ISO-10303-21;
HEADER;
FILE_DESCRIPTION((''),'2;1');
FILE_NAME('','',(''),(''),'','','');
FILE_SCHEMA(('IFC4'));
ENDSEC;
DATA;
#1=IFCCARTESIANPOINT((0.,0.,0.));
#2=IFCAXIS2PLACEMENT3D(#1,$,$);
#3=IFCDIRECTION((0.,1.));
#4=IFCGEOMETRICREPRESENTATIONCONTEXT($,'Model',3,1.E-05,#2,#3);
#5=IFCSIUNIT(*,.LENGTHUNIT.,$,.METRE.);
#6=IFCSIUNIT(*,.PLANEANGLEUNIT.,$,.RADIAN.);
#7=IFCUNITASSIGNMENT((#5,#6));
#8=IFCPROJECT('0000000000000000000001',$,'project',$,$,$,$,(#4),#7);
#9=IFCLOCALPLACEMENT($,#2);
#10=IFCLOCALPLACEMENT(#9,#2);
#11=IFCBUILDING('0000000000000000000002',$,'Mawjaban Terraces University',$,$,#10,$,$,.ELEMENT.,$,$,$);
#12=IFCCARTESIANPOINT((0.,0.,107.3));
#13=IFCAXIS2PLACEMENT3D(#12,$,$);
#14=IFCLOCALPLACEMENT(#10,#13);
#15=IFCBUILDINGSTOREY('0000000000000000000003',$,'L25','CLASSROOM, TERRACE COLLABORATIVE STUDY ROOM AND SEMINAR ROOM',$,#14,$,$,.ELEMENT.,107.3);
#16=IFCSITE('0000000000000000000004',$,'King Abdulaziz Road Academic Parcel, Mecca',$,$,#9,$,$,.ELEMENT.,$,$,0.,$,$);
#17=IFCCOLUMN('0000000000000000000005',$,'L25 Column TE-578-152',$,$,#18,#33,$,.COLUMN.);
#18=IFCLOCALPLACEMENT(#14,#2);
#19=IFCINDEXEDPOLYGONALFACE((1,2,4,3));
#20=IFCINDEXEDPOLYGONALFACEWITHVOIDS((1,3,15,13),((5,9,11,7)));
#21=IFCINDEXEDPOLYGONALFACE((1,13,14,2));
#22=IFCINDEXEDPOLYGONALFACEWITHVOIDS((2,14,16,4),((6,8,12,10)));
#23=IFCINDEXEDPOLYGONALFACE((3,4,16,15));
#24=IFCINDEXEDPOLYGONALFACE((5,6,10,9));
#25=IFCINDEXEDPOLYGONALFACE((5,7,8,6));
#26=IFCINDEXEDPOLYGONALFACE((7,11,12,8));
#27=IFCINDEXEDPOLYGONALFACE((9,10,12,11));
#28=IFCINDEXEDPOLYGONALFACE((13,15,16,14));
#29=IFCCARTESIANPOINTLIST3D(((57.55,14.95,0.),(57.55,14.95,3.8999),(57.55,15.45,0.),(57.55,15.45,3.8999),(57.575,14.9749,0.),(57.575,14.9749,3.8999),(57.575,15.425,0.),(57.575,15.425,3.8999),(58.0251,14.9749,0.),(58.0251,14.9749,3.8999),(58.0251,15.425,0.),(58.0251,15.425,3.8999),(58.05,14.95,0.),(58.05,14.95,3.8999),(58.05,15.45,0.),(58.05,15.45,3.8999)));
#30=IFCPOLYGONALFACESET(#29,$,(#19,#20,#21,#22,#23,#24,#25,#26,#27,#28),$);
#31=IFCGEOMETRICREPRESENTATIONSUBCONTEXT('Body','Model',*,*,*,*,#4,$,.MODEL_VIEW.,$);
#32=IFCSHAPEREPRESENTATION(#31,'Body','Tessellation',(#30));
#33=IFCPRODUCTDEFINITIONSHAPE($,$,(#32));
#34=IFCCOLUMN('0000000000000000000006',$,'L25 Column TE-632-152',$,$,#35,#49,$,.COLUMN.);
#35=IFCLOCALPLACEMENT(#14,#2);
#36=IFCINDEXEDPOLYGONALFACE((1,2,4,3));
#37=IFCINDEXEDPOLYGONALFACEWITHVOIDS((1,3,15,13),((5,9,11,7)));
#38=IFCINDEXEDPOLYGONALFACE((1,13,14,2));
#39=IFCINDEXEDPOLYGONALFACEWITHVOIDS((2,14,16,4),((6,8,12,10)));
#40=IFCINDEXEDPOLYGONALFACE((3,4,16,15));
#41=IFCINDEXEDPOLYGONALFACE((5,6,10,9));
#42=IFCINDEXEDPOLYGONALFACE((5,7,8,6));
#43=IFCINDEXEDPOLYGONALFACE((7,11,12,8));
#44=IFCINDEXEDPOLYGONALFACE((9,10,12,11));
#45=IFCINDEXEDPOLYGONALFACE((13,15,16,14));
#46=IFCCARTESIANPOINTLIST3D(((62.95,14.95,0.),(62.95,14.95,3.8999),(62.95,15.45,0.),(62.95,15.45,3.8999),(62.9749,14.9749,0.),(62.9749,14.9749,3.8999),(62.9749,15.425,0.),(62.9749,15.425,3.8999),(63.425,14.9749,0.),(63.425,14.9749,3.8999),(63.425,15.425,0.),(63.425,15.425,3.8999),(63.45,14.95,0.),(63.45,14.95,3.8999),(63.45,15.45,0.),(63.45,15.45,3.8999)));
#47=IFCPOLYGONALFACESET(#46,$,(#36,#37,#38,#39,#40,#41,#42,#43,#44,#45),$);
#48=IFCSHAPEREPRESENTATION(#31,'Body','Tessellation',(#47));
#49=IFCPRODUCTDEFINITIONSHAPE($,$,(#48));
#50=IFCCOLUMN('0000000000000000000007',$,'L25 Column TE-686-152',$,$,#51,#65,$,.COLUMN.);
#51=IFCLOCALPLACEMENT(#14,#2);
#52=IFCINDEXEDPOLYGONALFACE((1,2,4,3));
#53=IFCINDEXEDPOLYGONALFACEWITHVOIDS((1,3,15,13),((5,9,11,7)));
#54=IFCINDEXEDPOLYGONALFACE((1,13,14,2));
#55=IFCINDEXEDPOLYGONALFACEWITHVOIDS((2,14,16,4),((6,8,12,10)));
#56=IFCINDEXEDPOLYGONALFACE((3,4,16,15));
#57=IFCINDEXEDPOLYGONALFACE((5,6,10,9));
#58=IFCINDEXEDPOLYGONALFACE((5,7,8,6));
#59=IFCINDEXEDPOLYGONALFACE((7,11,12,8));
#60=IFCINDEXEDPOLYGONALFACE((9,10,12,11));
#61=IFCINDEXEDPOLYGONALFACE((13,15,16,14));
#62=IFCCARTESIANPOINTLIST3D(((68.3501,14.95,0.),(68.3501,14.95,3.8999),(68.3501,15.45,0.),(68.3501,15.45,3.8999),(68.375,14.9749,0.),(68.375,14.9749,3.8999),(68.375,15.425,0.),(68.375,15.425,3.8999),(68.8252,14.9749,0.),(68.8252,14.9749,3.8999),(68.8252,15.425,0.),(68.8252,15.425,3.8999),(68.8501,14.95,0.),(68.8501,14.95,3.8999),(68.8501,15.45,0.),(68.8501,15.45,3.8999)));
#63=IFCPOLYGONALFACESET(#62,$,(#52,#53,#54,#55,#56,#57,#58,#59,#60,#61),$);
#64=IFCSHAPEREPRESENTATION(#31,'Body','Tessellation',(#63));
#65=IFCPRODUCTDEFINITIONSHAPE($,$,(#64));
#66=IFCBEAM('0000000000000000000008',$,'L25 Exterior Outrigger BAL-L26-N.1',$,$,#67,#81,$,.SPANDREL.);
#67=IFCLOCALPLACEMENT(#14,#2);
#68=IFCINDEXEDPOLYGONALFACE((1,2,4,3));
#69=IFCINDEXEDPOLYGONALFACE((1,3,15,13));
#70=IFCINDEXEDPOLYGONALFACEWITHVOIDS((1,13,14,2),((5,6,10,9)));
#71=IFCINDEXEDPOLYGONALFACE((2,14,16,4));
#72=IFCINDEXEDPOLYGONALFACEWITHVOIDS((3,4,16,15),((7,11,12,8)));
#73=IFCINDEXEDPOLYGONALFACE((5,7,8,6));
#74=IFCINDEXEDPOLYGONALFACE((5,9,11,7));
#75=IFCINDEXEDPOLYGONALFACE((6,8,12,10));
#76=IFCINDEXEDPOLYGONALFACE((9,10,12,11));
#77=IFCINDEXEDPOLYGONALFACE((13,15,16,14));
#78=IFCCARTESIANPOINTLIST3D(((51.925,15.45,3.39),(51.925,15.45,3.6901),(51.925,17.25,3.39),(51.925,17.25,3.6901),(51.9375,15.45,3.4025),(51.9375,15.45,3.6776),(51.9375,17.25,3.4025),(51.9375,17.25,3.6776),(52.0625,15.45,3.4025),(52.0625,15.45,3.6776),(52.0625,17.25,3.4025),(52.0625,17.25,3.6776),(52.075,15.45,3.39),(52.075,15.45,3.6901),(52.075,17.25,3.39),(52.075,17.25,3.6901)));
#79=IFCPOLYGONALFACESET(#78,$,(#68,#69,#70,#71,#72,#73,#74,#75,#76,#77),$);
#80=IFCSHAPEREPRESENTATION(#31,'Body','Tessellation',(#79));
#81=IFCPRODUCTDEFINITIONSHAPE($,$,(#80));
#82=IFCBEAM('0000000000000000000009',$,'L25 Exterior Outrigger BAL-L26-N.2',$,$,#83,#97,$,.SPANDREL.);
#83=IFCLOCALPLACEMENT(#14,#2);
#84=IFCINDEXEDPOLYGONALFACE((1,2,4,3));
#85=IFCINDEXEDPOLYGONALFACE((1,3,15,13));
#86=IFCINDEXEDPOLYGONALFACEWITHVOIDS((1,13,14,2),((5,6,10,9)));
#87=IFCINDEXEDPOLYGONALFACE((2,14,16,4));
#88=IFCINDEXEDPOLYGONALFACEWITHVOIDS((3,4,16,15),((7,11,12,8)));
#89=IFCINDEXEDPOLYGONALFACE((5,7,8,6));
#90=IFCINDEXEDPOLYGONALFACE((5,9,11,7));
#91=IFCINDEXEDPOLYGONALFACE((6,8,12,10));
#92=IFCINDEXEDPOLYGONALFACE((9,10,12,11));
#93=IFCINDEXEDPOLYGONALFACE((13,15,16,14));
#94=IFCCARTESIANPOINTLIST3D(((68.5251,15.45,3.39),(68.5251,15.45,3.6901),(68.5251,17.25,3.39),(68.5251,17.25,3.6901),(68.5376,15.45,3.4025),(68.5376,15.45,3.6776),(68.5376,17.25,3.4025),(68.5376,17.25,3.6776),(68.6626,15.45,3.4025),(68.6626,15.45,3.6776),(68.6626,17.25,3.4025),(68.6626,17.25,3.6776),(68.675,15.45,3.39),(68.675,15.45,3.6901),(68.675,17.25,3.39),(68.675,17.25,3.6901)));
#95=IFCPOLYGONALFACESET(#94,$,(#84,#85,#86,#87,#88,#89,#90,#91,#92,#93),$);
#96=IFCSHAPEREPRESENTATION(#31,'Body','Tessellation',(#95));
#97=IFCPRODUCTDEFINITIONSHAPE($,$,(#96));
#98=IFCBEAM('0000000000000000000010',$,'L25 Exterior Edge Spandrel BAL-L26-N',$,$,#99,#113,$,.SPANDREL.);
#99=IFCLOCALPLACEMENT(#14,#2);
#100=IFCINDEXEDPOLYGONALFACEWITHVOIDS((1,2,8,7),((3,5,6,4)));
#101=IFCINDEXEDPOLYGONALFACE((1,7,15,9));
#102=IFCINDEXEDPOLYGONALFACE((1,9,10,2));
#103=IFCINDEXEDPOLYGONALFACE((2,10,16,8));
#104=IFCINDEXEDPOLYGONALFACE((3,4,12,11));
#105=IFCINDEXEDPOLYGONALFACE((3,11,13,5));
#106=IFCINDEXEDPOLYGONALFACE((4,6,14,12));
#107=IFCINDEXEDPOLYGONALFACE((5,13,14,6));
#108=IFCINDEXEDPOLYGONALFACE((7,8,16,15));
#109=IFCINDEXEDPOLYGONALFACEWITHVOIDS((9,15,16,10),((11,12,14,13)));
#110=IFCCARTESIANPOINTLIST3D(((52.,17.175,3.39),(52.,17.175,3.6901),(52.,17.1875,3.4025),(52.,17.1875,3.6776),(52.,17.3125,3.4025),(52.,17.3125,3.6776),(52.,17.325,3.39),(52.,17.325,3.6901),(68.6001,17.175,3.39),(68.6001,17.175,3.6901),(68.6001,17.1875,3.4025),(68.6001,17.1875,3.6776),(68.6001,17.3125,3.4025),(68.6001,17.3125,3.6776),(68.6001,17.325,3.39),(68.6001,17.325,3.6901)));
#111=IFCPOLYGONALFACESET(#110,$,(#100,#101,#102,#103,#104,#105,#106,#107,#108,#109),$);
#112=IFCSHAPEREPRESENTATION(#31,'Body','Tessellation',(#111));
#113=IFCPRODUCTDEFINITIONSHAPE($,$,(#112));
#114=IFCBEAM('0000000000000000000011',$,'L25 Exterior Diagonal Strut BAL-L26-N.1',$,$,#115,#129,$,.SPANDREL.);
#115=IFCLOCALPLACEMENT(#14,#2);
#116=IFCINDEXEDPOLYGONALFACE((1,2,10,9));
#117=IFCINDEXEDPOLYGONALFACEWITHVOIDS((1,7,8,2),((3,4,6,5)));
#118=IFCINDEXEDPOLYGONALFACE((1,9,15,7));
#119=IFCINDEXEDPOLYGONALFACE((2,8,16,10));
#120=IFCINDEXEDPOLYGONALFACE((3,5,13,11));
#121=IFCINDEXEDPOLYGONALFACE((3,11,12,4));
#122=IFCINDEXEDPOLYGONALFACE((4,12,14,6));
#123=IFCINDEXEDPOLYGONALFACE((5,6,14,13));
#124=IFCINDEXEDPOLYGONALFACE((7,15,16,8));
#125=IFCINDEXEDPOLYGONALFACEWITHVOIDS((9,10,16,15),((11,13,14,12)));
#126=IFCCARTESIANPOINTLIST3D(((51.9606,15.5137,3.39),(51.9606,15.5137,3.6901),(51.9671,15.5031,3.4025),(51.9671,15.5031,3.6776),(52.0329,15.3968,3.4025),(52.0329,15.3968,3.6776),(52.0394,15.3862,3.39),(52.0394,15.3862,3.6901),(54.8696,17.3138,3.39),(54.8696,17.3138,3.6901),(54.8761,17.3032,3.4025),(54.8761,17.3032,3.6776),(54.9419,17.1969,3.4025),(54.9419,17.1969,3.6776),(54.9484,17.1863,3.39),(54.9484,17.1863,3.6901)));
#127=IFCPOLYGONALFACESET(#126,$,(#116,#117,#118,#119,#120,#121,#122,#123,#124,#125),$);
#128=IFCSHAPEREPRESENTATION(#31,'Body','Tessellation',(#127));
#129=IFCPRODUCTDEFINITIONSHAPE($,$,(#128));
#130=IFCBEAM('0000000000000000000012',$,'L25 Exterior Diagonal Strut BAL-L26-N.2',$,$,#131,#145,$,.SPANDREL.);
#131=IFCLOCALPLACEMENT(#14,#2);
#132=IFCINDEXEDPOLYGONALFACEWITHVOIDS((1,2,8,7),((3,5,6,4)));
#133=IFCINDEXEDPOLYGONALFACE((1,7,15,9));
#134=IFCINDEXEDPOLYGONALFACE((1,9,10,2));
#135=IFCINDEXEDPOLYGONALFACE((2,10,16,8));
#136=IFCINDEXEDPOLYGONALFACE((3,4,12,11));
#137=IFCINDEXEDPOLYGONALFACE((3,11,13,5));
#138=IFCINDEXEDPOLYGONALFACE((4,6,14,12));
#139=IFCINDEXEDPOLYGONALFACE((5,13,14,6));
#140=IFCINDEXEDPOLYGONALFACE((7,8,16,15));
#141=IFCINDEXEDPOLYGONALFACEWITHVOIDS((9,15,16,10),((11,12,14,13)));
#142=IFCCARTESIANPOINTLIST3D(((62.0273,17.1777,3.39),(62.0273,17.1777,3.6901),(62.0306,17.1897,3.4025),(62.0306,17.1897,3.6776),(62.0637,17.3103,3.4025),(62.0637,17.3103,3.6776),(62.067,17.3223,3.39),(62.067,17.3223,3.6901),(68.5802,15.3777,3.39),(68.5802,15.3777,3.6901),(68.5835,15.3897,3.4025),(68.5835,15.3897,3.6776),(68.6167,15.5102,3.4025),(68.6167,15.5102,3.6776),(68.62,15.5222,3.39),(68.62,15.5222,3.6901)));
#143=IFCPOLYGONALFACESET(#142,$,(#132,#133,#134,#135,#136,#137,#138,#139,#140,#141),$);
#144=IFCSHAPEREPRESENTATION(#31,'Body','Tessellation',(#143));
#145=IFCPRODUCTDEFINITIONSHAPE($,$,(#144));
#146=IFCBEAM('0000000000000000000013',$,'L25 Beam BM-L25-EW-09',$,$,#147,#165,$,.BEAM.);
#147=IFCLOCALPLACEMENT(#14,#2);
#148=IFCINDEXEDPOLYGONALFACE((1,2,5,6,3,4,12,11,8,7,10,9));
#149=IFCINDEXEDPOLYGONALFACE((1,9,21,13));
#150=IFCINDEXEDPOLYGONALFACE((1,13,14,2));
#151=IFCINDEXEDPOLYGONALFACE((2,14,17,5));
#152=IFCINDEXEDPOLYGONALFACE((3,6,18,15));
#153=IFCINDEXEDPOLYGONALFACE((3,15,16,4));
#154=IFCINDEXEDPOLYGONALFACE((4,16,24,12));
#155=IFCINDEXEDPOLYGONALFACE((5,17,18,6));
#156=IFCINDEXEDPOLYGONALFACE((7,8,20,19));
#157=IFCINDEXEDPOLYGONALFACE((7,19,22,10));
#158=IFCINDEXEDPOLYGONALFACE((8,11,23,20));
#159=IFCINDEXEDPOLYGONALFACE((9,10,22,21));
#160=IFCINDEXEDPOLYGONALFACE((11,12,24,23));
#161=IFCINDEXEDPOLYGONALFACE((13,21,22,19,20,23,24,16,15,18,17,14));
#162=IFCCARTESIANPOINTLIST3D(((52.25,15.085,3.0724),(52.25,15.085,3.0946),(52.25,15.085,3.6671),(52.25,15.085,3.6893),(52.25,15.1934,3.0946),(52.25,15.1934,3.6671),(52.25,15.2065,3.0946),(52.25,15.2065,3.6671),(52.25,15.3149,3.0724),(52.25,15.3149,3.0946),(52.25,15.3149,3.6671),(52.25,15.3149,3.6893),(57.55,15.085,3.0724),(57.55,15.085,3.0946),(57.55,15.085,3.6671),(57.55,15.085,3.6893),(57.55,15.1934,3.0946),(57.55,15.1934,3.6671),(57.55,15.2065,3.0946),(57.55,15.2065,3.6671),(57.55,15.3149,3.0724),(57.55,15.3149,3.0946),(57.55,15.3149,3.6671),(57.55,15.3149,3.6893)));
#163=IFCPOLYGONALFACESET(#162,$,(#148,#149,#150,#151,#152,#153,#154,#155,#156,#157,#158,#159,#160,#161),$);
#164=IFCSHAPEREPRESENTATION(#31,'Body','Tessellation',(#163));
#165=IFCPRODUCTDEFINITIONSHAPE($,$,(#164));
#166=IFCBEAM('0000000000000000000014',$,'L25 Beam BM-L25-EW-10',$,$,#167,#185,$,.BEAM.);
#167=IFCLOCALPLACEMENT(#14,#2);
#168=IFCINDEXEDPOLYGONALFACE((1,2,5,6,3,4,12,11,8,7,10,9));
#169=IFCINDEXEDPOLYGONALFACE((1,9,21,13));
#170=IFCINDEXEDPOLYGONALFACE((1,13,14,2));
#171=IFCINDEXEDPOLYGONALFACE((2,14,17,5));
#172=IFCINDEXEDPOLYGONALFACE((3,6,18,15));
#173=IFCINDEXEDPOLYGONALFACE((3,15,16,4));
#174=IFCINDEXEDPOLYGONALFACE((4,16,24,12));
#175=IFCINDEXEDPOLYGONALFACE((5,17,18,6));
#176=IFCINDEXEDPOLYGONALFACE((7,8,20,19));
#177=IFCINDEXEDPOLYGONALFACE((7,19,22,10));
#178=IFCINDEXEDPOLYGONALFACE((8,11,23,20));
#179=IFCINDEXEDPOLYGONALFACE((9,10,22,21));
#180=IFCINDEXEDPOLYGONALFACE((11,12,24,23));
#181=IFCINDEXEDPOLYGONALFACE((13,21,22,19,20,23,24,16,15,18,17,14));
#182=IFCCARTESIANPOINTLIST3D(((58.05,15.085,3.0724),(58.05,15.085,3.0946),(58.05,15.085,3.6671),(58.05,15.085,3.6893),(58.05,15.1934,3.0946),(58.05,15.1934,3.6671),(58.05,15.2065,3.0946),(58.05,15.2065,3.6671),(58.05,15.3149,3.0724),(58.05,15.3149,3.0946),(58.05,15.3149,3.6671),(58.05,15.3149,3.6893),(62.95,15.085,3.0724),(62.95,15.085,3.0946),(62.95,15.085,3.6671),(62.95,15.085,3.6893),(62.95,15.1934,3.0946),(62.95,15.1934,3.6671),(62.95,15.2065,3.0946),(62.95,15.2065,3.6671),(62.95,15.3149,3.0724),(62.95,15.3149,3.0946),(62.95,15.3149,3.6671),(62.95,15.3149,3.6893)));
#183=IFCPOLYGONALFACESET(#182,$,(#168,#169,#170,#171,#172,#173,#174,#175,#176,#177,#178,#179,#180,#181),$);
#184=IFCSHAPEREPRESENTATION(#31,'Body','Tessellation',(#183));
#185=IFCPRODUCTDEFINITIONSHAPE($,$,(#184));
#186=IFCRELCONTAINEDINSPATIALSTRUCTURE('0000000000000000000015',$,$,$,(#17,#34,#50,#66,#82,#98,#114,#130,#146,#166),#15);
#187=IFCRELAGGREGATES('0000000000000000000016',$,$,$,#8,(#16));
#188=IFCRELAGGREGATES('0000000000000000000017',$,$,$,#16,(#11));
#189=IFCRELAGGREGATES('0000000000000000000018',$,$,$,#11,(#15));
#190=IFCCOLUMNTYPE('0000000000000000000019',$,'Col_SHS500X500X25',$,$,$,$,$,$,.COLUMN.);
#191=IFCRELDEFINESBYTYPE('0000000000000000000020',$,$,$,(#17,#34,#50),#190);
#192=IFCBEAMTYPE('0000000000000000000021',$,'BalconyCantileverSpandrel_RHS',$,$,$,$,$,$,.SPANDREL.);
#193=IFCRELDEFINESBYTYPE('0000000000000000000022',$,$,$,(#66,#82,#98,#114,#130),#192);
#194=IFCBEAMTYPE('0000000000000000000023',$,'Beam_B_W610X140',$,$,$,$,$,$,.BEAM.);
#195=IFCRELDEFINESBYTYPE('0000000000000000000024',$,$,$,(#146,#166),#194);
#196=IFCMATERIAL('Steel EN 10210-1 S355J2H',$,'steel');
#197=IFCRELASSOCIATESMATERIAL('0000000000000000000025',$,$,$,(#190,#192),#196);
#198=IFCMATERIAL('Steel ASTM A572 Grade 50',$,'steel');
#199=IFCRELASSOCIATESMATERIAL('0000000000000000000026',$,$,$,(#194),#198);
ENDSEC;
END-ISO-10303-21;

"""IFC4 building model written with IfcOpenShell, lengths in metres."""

from ifc_helpers import new_model, si_unit, direction, frame, origin, origin_2d, place, context, subcontext, project, spatial, hollow_rectangle, i_section, extrude, material, material_profile, profile_set, type_object, element, save


model = new_model("IFC4")

# Units and contexts
model_context = context("Model", 3, precision=1e-05, world=origin(), true_north=direction((0.0, 1.0)))
body_context = subcontext(model_context, "Body", "Model", "MODEL_VIEW")
ifc_project = project(units=[si_unit("LENGTHUNIT", "METRE"), si_unit("PLANEANGLEUNIT", "RADIAN")], contexts=[model_context])

# Site, building, storey
site_placement = place(None, origin())
site = spatial("IfcSite", under=ifc_project, at=site_placement, Name="King Abdulaziz Road Academic Parcel, Mecca", CompositionType="ELEMENT", RefElevation=0.0)
building_placement = place(site_placement, origin())
building = spatial("IfcBuilding", under=site, at=building_placement, Name="Mawjaban Terraces University", CompositionType="ELEMENT")
storey_placement = place(building_placement, frame((0.0, 0.0, 107.3)))
storey = spatial("IfcBuildingStorey", under=building, at=storey_placement, Name="L25", Description="CLASSROOM, TERRACE COLLABORATIVE STUDY ROOM AND SEMINAR ROOM", CompositionType="ELEMENT", Elevation=107.3)

# Columns
ifc_material_1 = material(Name="Steel EN 10210-1 S355J2H", Category="steel")
ifc_material_profile_1 = material_profile(ifc_material_1, hollow_rectangle(XDim=0.5, YDim=0.5, WallThickness=0.0249, at=origin_2d()), Name="SHS500X500X25")
ifc_profile_set_1 = profile_set([ifc_material_profile_1], Name="Steel EN 10210-1 S355J2H")
column_type = type_object("IfcColumnType", Name="Col_SHS500X500X25", PredefinedType="COLUMN", material=ifc_profile_set_1)
for number, where, z_axis, x_axis, name in (
    (1, (57.8, 15.2, 0.0), (0.0, 0.0, 1.0), (1.0, 0.0, 0.0), "L25 Column TE-578-152"),
    (2, (63.2, 15.2, 0.0), (0.0, 0.0, 1.0), (1.0, 0.0, 0.0), "L25 Column TE-632-152"),
    (3, (68.6001, 15.2, 0.0), (0.0, 0.0, 1.0), (1.0, 0.0, 0.0), "L25 Column TE-686-152"),
):
    element("IfcColumn", number, at=place(storey_placement, frame(where, z_axis=z_axis, x_axis=x_axis)), inside=storey, type_object=column_type, Name=name, PredefinedType="COLUMN", context=body_context, shape_type="SweptSolid", body=[
        extrude(hollow_rectangle(XDim=0.5, YDim=0.5, WallThickness=0.0249, at=origin_2d()), origin(), (0.0, 0.0, 1.0), 3.8999),
    ])

# Beams
ifc_material_profile_2 = material_profile(ifc_material_1, hollow_rectangle(XDim=0.1499, YDim=0.3, WallThickness=0.0125, at=origin_2d()), Name="RHS300X150X12.5")
ifc_profile_set_2 = profile_set([ifc_material_profile_2], Name="Steel EN 10210-1 S355J2H")
beam_type_1 = type_object("IfcBeamType", Name="BalconyCantileverSpandrel_RHS", PredefinedType="SPANDREL", material=ifc_profile_set_2)
for number, where, z_axis, x_axis, name in (
    (4, (52.0, 15.45, 3.54), (0.0, 1.0, 0.0), (-1.0, 0.0, 0.0), "L25 Exterior Outrigger BAL-L26-N.1"),
    (5, (68.6001, 15.45, 3.54), (0.0, 1.0, 0.0), (-1.0, 0.0, 0.0), "L25 Exterior Outrigger BAL-L26-N.2"),
):
    element("IfcBeam", number, at=place(storey_placement, frame(where, z_axis=z_axis, x_axis=x_axis)), inside=storey, type_object=beam_type_1, Name=name, PredefinedType="SPANDREL", context=body_context, shape_type="SweptSolid", body=[
        extrude(hollow_rectangle(XDim=0.1499, YDim=0.3, WallThickness=0.0125, at=origin_2d()), origin(), (0.0, 0.0, 1.0), 1.8),
    ])
beam_1_placement = place(storey_placement, frame((52.0, 17.25, 3.54), z_axis=(1.0, 0.0, 0.0), x_axis=(0.0, 1.0, 0.0)))
element("IfcBeam", 6, at=beam_1_placement, inside=storey, type_object=beam_type_1, Name="L25 Exterior Edge Spandrel BAL-L26-N", PredefinedType="SPANDREL", context=body_context, shape_type="SweptSolid", body=[
    extrude(hollow_rectangle(XDim=0.1499, YDim=0.3, WallThickness=0.0125, at=origin_2d()), origin(), (0.0, 0.0, 1.0), 16.6001),
])
beam_2_placement = place(storey_placement, frame((52.0, 15.45, 3.54), z_axis=(0.850359, 0.526202, 0.0), x_axis=(-0.526202, 0.850359, 0.0)))
element("IfcBeam", 7, at=beam_2_placement, inside=storey, type_object=beam_type_1, Name="L25 Exterior Diagonal Strut BAL-L26-N.1", PredefinedType="SPANDREL", context=body_context, shape_type="SweptSolid", body=[
    extrude(hollow_rectangle(XDim=0.1499, YDim=0.3, WallThickness=0.0125, at=origin_2d()), origin(), (0.0, 0.0, 1.0), 3.4209),
])
beam_3_placement = place(storey_placement, frame((68.6001, 15.45, 3.54), z_axis=(-0.964281, 0.26488, 0.0), x_axis=(-0.26488, -0.964281, 0.0)))
element("IfcBeam", 8, at=beam_3_placement, inside=storey, type_object=beam_type_1, Name="L25 Exterior Diagonal Strut BAL-L26-N.2", PredefinedType="SPANDREL", context=body_context, shape_type="SweptSolid", body=[
    extrude(hollow_rectangle(XDim=0.1499, YDim=0.3, WallThickness=0.0125, at=origin_2d()), origin(), (0.0, 0.0, 1.0), 6.7957),
])
ifc_material_2 = material(Name="Steel ASTM A572 Grade 50", Category="steel")
ifc_material_profile_3 = material_profile(ifc_material_2, i_section(OverallWidth=0.23, OverallDepth=0.6169, WebThickness=0.0132, FlangeThickness=0.0222, at=origin_2d()), Name="W610X140")
ifc_profile_set_3 = profile_set([ifc_material_profile_3], Name="Steel ASTM A572 Grade 50")
beam_type_2 = type_object("IfcBeamType", Name="Beam_B_W610X140", PredefinedType="BEAM", material=ifc_profile_set_3)
beam_4_placement = place(storey_placement, frame((52.25, 15.2, 3.3809), z_axis=(1.0, 0.0, 0.0), x_axis=(0.0, 1.0, 0.0)))
element("IfcBeam", 9, at=beam_4_placement, inside=storey, type_object=beam_type_2, Name="L25 Beam BM-L25-EW-09", PredefinedType="BEAM", context=body_context, shape_type="SweptSolid", body=[
    extrude(i_section(OverallWidth=0.23, OverallDepth=0.6169, WebThickness=0.0132, FlangeThickness=0.0222, at=origin_2d()), origin(), (0.0, 0.0, 1.0), 5.3),
])
beam_5_placement = place(storey_placement, frame((58.05, 15.2, 3.3809), z_axis=(1.0, 0.0, 0.0), x_axis=(0.0, 1.0, 0.0)))
element("IfcBeam", 10, at=beam_5_placement, inside=storey, type_object=beam_type_2, Name="L25 Beam BM-L25-EW-10", PredefinedType="BEAM", context=body_context, shape_type="SweptSolid", body=[
    extrude(i_section(OverallWidth=0.23, OverallDepth=0.6169, WebThickness=0.0132, FlangeThickness=0.0222, at=origin_2d()), origin(), (0.0, 0.0, 1.0), 4.8999),
])

save(model, "model.ifc")
